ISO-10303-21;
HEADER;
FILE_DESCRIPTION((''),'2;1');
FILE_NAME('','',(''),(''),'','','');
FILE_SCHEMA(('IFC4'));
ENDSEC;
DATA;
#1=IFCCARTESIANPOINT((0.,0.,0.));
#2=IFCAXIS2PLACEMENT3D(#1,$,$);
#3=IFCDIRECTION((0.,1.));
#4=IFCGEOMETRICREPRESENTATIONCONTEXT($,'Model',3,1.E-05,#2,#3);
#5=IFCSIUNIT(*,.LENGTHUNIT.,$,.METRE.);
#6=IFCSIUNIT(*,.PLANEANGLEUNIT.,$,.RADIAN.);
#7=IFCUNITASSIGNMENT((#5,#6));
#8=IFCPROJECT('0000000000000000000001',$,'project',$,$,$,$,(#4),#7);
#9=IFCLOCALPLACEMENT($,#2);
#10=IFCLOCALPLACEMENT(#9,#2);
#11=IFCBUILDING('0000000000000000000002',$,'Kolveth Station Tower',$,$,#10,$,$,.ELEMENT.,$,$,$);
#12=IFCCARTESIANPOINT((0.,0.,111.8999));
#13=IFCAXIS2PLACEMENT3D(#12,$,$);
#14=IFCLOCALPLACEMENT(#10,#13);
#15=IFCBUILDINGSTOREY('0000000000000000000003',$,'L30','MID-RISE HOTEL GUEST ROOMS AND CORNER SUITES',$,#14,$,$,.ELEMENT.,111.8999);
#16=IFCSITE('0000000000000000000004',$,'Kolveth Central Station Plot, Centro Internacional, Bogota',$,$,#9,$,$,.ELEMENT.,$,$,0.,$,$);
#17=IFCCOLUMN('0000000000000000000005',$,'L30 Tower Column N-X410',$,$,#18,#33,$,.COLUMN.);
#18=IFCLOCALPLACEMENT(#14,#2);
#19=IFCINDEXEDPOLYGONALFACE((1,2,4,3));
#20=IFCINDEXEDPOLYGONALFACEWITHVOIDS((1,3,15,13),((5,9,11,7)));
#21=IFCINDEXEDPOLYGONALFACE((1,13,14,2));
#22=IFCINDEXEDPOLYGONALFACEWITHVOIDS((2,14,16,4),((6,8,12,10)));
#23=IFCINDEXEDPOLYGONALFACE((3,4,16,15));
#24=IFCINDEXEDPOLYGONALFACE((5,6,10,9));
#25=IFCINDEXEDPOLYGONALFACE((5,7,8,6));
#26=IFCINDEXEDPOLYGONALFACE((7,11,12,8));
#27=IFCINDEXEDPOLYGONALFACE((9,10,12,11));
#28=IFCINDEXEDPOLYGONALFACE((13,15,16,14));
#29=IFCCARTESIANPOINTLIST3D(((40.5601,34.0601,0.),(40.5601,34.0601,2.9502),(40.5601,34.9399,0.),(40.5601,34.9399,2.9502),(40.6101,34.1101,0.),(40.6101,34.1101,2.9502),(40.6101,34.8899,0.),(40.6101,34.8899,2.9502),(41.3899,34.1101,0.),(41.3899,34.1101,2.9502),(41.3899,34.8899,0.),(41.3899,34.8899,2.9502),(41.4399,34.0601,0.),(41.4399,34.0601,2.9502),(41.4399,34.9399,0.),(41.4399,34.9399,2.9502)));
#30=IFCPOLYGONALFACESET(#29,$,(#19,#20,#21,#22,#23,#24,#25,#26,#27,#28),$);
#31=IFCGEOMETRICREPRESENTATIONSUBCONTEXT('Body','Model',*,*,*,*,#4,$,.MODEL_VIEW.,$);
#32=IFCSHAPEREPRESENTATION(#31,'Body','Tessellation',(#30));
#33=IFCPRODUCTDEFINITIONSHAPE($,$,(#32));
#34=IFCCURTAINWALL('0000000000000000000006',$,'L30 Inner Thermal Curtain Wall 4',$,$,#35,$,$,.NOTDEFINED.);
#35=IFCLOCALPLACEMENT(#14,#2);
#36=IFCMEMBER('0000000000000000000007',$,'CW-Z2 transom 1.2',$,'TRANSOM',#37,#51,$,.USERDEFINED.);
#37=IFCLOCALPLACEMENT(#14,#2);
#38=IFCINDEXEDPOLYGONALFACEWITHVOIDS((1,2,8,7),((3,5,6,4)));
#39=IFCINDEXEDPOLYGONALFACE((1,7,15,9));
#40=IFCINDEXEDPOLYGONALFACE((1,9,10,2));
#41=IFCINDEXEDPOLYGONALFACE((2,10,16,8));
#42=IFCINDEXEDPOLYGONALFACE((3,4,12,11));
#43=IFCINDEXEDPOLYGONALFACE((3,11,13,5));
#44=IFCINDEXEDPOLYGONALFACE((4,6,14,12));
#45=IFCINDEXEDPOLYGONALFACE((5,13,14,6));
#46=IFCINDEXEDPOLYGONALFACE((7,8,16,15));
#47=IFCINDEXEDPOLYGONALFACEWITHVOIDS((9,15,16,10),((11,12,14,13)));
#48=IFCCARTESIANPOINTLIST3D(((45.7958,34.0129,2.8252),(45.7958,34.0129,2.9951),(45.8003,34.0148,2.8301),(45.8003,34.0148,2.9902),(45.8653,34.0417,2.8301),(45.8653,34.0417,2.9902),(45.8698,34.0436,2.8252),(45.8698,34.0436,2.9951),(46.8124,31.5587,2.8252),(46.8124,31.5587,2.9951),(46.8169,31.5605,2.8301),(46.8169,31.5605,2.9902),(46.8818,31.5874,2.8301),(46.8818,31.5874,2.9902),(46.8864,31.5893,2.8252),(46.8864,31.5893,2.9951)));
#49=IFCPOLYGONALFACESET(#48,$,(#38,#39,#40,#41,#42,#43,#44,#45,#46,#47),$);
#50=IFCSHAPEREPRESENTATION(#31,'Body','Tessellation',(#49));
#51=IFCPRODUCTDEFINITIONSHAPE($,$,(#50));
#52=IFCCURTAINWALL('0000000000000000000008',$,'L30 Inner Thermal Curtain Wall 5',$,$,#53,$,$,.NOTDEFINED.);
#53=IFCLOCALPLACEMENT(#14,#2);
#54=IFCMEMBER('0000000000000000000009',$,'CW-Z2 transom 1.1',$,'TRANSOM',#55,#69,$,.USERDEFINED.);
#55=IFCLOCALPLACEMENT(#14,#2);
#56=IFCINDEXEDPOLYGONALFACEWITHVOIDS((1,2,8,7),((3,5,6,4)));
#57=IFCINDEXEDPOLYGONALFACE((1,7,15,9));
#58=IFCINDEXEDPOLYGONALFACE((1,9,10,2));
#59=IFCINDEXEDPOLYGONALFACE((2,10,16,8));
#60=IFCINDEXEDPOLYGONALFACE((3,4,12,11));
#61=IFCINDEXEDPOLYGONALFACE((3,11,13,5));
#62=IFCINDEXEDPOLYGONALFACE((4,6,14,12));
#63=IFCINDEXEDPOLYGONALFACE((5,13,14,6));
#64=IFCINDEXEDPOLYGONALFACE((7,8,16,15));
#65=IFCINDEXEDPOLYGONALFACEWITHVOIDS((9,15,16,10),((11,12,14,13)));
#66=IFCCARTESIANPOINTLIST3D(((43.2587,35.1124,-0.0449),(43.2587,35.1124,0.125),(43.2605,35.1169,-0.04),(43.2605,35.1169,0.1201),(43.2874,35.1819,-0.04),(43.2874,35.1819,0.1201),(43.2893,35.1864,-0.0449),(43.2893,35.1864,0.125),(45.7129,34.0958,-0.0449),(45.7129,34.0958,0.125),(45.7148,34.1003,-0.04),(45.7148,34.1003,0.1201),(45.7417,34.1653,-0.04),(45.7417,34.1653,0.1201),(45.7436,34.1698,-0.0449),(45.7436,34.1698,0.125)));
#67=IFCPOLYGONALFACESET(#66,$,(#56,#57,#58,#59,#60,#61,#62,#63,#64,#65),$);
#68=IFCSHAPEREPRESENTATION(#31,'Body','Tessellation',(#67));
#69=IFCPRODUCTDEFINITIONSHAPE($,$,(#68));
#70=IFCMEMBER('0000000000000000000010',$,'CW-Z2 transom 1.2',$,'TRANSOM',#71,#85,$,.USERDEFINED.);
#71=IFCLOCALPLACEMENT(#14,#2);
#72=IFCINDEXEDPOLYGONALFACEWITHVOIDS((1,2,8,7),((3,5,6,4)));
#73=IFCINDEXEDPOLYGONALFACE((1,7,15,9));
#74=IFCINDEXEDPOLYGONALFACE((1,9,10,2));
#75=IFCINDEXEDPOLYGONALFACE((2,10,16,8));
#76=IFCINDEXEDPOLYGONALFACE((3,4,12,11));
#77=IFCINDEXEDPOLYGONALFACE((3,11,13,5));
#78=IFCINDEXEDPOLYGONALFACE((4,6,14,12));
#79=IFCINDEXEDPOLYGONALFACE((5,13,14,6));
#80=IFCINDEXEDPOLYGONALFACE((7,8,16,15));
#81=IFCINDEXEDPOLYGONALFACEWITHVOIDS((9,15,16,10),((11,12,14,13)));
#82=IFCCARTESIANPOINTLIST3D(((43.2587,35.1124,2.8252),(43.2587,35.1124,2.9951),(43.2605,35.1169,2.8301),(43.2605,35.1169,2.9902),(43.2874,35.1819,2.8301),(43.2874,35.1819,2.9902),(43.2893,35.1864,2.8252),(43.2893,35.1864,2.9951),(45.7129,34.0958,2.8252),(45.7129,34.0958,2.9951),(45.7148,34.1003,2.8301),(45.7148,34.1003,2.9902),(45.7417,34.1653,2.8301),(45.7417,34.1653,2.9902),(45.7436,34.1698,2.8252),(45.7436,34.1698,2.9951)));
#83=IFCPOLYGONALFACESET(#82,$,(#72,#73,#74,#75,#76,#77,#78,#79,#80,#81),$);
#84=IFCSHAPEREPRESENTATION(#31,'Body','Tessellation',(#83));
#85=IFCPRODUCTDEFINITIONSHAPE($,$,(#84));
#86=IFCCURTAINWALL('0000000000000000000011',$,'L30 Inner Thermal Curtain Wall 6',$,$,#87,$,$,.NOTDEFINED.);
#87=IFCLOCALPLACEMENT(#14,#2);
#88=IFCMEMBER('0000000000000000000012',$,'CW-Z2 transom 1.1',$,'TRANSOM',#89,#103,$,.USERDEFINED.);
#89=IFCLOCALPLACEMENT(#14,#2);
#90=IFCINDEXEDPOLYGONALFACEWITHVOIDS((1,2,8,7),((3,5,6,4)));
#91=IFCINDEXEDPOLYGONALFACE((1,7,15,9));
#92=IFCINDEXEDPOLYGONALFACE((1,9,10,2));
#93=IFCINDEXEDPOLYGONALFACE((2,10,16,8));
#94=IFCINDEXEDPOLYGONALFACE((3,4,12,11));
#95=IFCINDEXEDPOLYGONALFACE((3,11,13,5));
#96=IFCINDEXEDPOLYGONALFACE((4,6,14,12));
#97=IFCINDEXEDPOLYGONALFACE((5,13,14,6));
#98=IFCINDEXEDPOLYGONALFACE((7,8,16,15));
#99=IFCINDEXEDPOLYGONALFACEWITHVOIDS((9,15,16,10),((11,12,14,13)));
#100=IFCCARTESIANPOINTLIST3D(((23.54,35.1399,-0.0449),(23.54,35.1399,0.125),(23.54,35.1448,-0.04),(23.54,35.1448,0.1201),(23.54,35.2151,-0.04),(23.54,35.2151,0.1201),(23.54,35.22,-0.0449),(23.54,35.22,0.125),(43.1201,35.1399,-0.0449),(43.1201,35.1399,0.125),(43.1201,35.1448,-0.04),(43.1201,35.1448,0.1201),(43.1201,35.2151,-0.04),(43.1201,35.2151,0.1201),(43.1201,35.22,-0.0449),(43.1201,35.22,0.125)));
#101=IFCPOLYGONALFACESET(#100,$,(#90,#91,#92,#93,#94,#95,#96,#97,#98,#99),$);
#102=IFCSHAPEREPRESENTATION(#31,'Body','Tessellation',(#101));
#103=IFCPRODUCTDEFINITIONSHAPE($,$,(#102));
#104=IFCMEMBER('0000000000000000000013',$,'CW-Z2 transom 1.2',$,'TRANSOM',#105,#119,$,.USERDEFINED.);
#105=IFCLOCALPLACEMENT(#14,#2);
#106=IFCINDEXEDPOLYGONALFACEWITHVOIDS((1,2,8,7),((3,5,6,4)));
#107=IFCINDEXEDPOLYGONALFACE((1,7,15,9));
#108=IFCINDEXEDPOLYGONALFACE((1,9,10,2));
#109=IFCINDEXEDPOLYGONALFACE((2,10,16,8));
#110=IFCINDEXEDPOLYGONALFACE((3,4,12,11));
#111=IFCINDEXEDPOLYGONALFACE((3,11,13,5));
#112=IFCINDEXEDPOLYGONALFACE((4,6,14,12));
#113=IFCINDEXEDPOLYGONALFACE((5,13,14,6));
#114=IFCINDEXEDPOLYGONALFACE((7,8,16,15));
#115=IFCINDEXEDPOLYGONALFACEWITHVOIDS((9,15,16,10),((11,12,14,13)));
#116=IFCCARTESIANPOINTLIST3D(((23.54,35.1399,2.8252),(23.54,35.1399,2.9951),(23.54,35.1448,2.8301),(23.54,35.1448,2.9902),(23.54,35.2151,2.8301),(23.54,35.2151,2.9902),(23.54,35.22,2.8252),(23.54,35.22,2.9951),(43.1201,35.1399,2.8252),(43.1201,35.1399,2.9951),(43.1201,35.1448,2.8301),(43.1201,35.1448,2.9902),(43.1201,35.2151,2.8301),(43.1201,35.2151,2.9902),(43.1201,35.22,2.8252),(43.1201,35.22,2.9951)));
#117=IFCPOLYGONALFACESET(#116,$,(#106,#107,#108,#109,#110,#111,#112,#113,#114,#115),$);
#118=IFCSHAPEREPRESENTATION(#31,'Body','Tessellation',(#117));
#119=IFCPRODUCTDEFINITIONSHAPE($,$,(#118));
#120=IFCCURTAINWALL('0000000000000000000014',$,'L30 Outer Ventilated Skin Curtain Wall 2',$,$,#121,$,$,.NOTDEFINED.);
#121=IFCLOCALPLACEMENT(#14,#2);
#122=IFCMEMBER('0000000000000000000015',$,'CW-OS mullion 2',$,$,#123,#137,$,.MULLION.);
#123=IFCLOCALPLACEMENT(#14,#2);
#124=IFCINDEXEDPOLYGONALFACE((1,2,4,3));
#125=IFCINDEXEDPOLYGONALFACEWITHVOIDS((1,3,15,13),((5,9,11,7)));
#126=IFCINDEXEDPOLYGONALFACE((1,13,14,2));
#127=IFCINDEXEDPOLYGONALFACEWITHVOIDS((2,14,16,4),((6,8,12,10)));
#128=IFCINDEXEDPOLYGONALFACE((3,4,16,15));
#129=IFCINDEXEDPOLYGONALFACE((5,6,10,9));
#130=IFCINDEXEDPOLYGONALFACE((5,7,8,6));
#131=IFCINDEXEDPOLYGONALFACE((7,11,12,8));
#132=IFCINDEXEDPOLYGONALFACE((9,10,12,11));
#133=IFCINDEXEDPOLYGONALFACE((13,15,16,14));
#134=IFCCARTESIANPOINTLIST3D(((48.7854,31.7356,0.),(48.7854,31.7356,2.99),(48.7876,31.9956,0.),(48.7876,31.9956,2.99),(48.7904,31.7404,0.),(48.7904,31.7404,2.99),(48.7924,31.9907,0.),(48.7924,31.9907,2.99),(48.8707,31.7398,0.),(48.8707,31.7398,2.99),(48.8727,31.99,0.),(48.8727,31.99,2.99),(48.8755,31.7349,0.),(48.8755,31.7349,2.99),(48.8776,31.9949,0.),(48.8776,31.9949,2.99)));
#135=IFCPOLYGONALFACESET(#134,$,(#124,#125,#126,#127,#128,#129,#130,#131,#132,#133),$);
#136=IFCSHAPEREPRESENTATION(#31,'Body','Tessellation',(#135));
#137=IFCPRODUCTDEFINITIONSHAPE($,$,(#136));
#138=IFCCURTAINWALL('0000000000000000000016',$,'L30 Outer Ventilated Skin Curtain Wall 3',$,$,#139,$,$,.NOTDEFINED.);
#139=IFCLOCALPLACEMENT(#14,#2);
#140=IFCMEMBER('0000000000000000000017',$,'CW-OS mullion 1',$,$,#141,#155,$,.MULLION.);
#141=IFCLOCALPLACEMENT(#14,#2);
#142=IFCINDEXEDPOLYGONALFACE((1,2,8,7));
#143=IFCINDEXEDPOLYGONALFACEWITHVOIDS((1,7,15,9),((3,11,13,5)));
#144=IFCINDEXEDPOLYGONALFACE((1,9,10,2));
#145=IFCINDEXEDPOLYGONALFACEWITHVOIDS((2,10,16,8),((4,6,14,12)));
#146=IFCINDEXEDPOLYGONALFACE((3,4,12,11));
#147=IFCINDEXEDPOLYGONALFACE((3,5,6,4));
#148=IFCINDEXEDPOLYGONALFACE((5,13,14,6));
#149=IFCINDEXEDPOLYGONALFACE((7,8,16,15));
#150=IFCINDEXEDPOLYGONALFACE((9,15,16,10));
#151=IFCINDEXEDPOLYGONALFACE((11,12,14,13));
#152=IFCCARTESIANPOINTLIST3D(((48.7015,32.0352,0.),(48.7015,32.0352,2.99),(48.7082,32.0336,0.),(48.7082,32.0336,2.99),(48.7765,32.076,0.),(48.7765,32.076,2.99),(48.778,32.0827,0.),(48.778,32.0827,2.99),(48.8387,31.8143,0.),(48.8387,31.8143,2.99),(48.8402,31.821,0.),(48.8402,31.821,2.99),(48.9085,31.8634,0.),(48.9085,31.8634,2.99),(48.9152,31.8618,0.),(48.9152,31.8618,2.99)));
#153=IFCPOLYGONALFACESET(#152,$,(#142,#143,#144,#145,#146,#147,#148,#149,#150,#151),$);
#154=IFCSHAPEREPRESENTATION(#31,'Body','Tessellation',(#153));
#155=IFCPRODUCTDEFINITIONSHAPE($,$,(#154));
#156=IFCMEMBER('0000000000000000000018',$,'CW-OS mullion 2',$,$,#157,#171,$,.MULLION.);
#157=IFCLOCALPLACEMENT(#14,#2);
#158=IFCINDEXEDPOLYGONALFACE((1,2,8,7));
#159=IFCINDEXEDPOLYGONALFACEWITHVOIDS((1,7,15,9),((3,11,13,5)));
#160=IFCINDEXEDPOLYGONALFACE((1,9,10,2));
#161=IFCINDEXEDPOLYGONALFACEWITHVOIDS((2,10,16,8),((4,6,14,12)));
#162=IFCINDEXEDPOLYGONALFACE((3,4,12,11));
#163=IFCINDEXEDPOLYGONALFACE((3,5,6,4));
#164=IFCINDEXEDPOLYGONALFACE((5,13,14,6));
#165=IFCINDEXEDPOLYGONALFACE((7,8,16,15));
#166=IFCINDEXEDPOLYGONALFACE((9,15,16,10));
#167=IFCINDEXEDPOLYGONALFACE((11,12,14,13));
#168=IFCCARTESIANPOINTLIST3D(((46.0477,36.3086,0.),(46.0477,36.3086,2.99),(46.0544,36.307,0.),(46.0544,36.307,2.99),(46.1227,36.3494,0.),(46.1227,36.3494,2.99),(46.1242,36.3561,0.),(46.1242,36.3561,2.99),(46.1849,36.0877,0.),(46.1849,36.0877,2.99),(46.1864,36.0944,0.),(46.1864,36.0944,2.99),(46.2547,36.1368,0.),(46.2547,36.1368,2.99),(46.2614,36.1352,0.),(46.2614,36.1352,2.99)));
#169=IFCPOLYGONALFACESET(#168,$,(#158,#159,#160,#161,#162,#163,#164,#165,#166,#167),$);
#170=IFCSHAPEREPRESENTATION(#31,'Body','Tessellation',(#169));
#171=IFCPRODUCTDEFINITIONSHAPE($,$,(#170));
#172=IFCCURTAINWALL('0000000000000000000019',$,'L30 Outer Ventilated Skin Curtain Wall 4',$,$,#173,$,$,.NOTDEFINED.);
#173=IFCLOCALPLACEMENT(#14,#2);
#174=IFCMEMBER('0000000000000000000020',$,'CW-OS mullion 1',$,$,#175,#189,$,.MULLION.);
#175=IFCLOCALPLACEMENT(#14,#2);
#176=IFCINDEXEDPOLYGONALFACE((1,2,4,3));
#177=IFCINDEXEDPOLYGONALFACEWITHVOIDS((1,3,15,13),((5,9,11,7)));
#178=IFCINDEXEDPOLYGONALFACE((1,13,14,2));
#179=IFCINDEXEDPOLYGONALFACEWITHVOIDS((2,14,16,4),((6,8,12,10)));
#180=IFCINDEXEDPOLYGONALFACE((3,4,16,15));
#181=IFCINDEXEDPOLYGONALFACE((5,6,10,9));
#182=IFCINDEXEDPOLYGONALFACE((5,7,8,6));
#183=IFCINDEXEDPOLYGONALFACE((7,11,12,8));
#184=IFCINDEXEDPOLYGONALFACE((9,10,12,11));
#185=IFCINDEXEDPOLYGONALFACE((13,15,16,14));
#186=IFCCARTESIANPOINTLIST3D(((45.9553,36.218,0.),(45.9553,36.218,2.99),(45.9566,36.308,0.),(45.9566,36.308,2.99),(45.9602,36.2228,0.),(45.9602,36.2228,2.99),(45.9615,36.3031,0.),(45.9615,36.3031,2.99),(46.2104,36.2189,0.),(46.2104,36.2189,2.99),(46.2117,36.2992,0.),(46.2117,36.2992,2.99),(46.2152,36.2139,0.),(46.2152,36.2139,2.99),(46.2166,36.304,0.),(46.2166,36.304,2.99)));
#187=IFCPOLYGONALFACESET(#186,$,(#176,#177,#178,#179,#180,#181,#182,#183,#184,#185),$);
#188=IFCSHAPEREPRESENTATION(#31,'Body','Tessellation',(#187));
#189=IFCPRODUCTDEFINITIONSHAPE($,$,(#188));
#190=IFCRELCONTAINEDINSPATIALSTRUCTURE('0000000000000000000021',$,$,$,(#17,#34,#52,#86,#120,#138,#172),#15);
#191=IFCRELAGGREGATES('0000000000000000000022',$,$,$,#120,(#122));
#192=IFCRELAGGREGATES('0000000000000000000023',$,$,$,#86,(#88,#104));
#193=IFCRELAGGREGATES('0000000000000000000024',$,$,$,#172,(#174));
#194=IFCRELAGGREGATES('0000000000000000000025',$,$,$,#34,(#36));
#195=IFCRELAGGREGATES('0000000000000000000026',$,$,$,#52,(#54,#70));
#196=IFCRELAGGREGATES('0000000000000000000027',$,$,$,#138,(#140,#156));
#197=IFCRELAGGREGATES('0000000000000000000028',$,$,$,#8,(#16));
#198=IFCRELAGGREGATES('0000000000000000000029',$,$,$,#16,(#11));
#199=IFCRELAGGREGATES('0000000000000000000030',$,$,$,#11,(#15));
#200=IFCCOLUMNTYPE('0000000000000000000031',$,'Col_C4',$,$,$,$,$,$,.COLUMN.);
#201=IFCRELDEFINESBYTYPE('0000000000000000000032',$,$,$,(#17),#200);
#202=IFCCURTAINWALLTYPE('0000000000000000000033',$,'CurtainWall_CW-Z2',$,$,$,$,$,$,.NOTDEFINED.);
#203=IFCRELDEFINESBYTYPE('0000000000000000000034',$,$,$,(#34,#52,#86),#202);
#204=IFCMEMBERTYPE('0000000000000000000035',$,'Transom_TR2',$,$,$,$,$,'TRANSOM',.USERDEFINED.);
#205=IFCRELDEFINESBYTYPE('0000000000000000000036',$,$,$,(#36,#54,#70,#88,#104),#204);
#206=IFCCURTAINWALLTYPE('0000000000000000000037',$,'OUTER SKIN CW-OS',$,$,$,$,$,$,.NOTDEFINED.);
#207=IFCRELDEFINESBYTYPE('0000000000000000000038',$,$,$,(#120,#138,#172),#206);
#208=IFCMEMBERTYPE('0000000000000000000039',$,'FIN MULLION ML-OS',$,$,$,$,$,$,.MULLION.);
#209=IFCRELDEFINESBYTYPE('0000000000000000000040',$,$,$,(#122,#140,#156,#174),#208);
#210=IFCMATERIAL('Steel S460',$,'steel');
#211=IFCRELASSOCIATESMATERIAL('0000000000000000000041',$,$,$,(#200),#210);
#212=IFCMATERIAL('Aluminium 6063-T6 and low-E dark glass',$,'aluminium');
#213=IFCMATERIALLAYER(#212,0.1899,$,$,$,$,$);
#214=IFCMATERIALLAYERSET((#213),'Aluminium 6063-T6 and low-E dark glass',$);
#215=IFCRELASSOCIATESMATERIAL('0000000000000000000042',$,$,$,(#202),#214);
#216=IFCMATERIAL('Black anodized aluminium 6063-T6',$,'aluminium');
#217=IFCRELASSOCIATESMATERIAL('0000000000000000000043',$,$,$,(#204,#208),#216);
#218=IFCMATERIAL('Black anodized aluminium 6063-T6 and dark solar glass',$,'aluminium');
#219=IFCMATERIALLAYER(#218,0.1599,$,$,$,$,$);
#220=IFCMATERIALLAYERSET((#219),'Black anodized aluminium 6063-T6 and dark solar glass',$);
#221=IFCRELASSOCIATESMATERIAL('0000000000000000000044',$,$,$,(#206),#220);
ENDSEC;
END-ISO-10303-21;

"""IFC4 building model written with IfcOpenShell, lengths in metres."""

from ifc_helpers import new_model, si_unit, direction, frame, origin, origin_2d, place, context, subcontext, project, spatial, hollow_rectangle, extrude, source, transform, mapped, material, layer, layer_set, material_profile, profile_set, type_object, element, aggregate, save


model = new_model("IFC4")

# Units and contexts
model_context = context("Model", 3, precision=1e-05, world=origin(), true_north=direction((0.0, 1.0)))
body_context = subcontext(model_context, "Body", "Model", "MODEL_VIEW")
ifc_project = project(units=[si_unit("LENGTHUNIT", "METRE"), si_unit("PLANEANGLEUNIT", "RADIAN")], contexts=[model_context])

# Site, building, storey
site_placement = place(None, origin())
site = spatial("IfcSite", under=ifc_project, at=site_placement, Name="Kolveth Central Station Plot, Centro Internacional, Bogota", CompositionType="ELEMENT", RefElevation=0.0)
building_placement = place(site_placement, origin())
building = spatial("IfcBuilding", under=site, at=building_placement, Name="Kolveth Station Tower", CompositionType="ELEMENT")
storey_placement = place(building_placement, frame((0.0, 0.0, 111.8999)))
storey = spatial("IfcBuildingStorey", under=building, at=storey_placement, Name="L30", Description="MID-RISE HOTEL GUEST ROOMS AND CORNER SUITES", CompositionType="ELEMENT", Elevation=111.8999)

# Column
ifc_material_1 = material(Name="Steel S460", Category="steel")
ifc_material_profile_1 = material_profile(ifc_material_1, hollow_rectangle(XDim=0.8799, YDim=0.8799, WallThickness=0.05, at=origin_2d()), Name="BOX880x880x50")
ifc_profile_set_1 = profile_set([ifc_material_profile_1], Name="Steel S460")
column_type = type_object("IfcColumnType", Name="Col_C4", PredefinedType="COLUMN", material=ifc_profile_set_1)
shared_shape_1 = source(origin(), body_context, "Body", "SweptSolid", [
    extrude(hollow_rectangle(XDim=0.8799, YDim=0.8799, WallThickness=0.05, at=origin_2d()), origin(), (0.0, 0.0, 1.0), 2.9502),
])
column_placement = place(storey_placement, frame((41.0, 34.5, 0.0), z_axis=(0.0, 0.0, 1.0), x_axis=(1.0, 0.0, 0.0)))
element("IfcColumn", 1, at=column_placement, inside=storey, type_object=column_type, Name="L30 Tower Column N-X410", PredefinedType="COLUMN", context=body_context, shape_type="MappedRepresentation", body=[
    mapped(shared_shape_1, transform((0.0, 0.0, 0.0), x_axis=(1.0, 0.0, 0.0), y_axis=(0.0, 1.0, 0.0), z_axis=(0.0, 0.0, 1.0), scale=1.0)),
])

# Curtain wall, member
ifc_material_2 = material(Name="Aluminium 6063-T6 and low-E dark glass", Category="aluminium")
ifc_layer_1 = layer(ifc_material_2, 0.1899)
ifc_layer_set_1 = layer_set([ifc_layer_1], Name="Aluminium 6063-T6 and low-E dark glass")
curtain_wall_type_1 = type_object("IfcCurtainWallType", Name="CurtainWall_CW-Z2", PredefinedType="NOTDEFINED", material=ifc_layer_set_1)
curtain_wall_1_placement = place(storey_placement, origin())
curtain_wall_1 = element("IfcCurtainWall", 2, at=curtain_wall_1_placement, inside=storey, type_object=curtain_wall_type_1, Name="L30 Inner Thermal Curtain Wall 4", PredefinedType="NOTDEFINED")
ifc_material_3 = material(Name="Black anodized aluminium 6063-T6", Category="aluminium")
ifc_material_profile_2 = material_profile(ifc_material_3, hollow_rectangle(XDim=0.0801, YDim=0.1699, WallThickness=0.0049, at=origin_2d()), Name="ALU-80x170x5")
ifc_profile_set_2 = profile_set([ifc_material_profile_2], Name="Black anodized aluminium 6063-T6")
member_type_1 = type_object("IfcMemberType", Name="Transom_TR2", ElementType="TRANSOM", PredefinedType="USERDEFINED", material=ifc_profile_set_2)
shared_shape_2 = source(origin(), body_context, "Body", "SweptSolid", [
    extrude(hollow_rectangle(XDim=0.0801, YDim=0.1699, WallThickness=0.0049, at=origin_2d()), origin(), (0.0, 0.0, 1.0), 2.6565),
])
member_1_placement = place(storey_placement, frame((46.8494, 31.574, 2.9102), z_axis=(-0.382676, 0.923882, 0.0), x_axis=(-0.923882, -0.382676, 0.0)))
member_1 = element("IfcMember", 3, at=member_1_placement, type_object=member_type_1, Name="CW-Z2 transom 1.2", ObjectType="TRANSOM", PredefinedType="USERDEFINED", context=body_context, shape_type="MappedRepresentation", body=[
    mapped(shared_shape_2, transform((0.0, 0.0, 0.0), x_axis=(1.0, 0.0, 0.0), y_axis=(0.0, 1.0, 0.0), z_axis=(0.0, 0.0, 1.0), scale=1.0)),
])

# Curtain walls, members
curtain_wall_2_placement = place(storey_placement, origin())
curtain_wall_2 = element("IfcCurtainWall", 4, at=curtain_wall_2_placement, inside=storey, type_object=curtain_wall_type_1, Name="L30 Inner Thermal Curtain Wall 5", PredefinedType="NOTDEFINED")
member_2_placement = place(storey_placement, frame((45.7283, 34.1328, 0.04), z_axis=(-0.923882, 0.382676, 0.0), x_axis=(-0.382676, -0.923882, 0.0)))
member_2 = element("IfcMember", 5, at=member_2_placement, type_object=member_type_1, Name="CW-Z2 transom 1.1", ObjectType="TRANSOM", PredefinedType="USERDEFINED", context=body_context, shape_type="MappedRepresentation", body=[
    mapped(shared_shape_2, transform((0.0, 0.0, 0.0), x_axis=(1.0, 0.0, 0.0), y_axis=(0.0, 1.0, 0.0), z_axis=(0.0, 0.0, 1.0), scale=1.0)),
])
member_3_placement = place(storey_placement, frame((45.7283, 34.1328, 2.9102), z_axis=(-0.923882, 0.382676, 0.0), x_axis=(-0.382676, -0.923882, 0.0)))
member_3 = element("IfcMember", 6, at=member_3_placement, type_object=member_type_1, Name="CW-Z2 transom 1.2", ObjectType="TRANSOM", PredefinedType="USERDEFINED", context=body_context, shape_type="MappedRepresentation", body=[
    mapped(shared_shape_2, transform((0.0, 0.0, 0.0), x_axis=(1.0, 0.0, 0.0), y_axis=(0.0, 1.0, 0.0), z_axis=(0.0, 0.0, 1.0), scale=1.0)),
])
curtain_wall_3_placement = place(storey_placement, origin())
curtain_wall_3 = element("IfcCurtainWall", 7, at=curtain_wall_3_placement, inside=storey, type_object=curtain_wall_type_1, Name="L30 Inner Thermal Curtain Wall 6", PredefinedType="NOTDEFINED")
shared_shape_3 = source(origin(), body_context, "Body", "SweptSolid", [
    extrude(hollow_rectangle(XDim=0.0801, YDim=0.1699, WallThickness=0.0049, at=origin_2d()), origin(), (0.0, 0.0, 1.0), 19.5801),
])
member_4_placement = place(storey_placement, frame((43.1201, 35.1799, 0.04), z_axis=(-1.0, 0.0, 0.0), x_axis=(0.0, -1.0, 0.0)))
member_4 = element("IfcMember", 8, at=member_4_placement, type_object=member_type_1, Name="CW-Z2 transom 1.1", ObjectType="TRANSOM", PredefinedType="USERDEFINED", context=body_context, shape_type="MappedRepresentation", body=[
    mapped(shared_shape_3, transform((0.0, 0.0, 0.0), x_axis=(1.0, 0.0, 0.0), y_axis=(0.0, 1.0, 0.0), z_axis=(0.0, 0.0, 1.0), scale=1.0)),
])
member_5_placement = place(storey_placement, frame((43.1201, 35.1799, 2.9102), z_axis=(-1.0, 0.0, 0.0), x_axis=(0.0, -1.0, 0.0)))
member_5 = element("IfcMember", 9, at=member_5_placement, type_object=member_type_1, Name="CW-Z2 transom 1.2", ObjectType="TRANSOM", PredefinedType="USERDEFINED", context=body_context, shape_type="MappedRepresentation", body=[
    mapped(shared_shape_3, transform((0.0, 0.0, 0.0), x_axis=(1.0, 0.0, 0.0), y_axis=(0.0, 1.0, 0.0), z_axis=(0.0, 0.0, 1.0), scale=1.0)),
])

# Curtain wall, member
ifc_material_4 = material(Name="Black anodized aluminium 6063-T6 and dark solar glass", Category="aluminium")
ifc_layer_2 = layer(ifc_material_4, 0.1599)
ifc_layer_set_2 = layer_set([ifc_layer_2], Name="Black anodized aluminium 6063-T6 and dark solar glass")
curtain_wall_type_2 = type_object("IfcCurtainWallType", Name="OUTER SKIN CW-OS", PredefinedType="NOTDEFINED", material=ifc_layer_set_2)
curtain_wall_4_placement = place(storey_placement, origin())
curtain_wall_4 = element("IfcCurtainWall", 10, at=curtain_wall_4_placement, inside=storey, type_object=curtain_wall_type_2, Name="L30 Outer Ventilated Skin Curtain Wall 2", PredefinedType="NOTDEFINED")
ifc_material_profile_3 = material_profile(ifc_material_3, hollow_rectangle(XDim=0.0901, YDim=0.26, WallThickness=0.0049, at=origin_2d()), Name="ALU-90x260x5")
ifc_profile_set_3 = profile_set([ifc_material_profile_3], Name="Black anodized aluminium 6063-T6")
member_type_2 = type_object("IfcMemberType", Name="FIN MULLION ML-OS", PredefinedType="MULLION", material=ifc_profile_set_3)
shared_shape_4 = source(origin(), body_context, "Body", "SweptSolid", [
    extrude(hollow_rectangle(XDim=0.0901, YDim=0.26, WallThickness=0.0049, at=origin_2d()), origin(), (0.0, 0.0, 1.0), 2.99),
])
member_6_placement = place(storey_placement, frame((48.8315, 31.8652, 0.0), z_axis=(0.0, 0.0, 1.0), x_axis=(-0.999967, 0.008153, 0.0)))
member_6 = element("IfcMember", 11, at=member_6_placement, type_object=member_type_2, Name="CW-OS mullion 2", PredefinedType="MULLION", context=body_context, shape_type="MappedRepresentation", body=[
    mapped(shared_shape_4, transform((0.0, 0.0, 0.0), x_axis=(1.0, 0.0, 0.0), y_axis=(0.0, 1.0, 0.0), z_axis=(0.0, 0.0, 1.0), scale=1.0)),
])
aggregate(curtain_wall_4, [member_6])

# Curtain wall, members
curtain_wall_5_placement = place(storey_placement, origin())
curtain_wall_5 = element("IfcCurtainWall", 12, at=curtain_wall_5_placement, inside=storey, type_object=curtain_wall_type_2, Name="L30 Outer Ventilated Skin Curtain Wall 3", PredefinedType="NOTDEFINED")
member_7_placement = place(storey_placement, frame((48.8083, 31.9485, 0.0), z_axis=(0.0, 0.0, 1.0), x_axis=(-0.849538, -0.527527, 0.0)))
member_7 = element("IfcMember", 13, at=member_7_placement, type_object=member_type_2, Name="CW-OS mullion 1", PredefinedType="MULLION", context=body_context, shape_type="MappedRepresentation", body=[
    mapped(shared_shape_4, transform((0.0, 0.0, 0.0), x_axis=(1.0, 0.0, 0.0), y_axis=(0.0, 1.0, 0.0), z_axis=(0.0, 0.0, 1.0), scale=1.0)),
])
member_8_placement = place(storey_placement, frame((46.1545, 36.2219, 0.0), z_axis=(0.0, 0.0, 1.0), x_axis=(-0.849538, -0.527527, 0.0)))
member_8 = element("IfcMember", 14, at=member_8_placement, type_object=member_type_2, Name="CW-OS mullion 2", PredefinedType="MULLION", context=body_context, shape_type="MappedRepresentation", body=[
    mapped(shared_shape_4, transform((0.0, 0.0, 0.0), x_axis=(1.0, 0.0, 0.0), y_axis=(0.0, 1.0, 0.0), z_axis=(0.0, 0.0, 1.0), scale=1.0)),
])

# Curtain wall, member
curtain_wall_6_placement = place(storey_placement, origin())
curtain_wall_6 = element("IfcCurtainWall", 15, at=curtain_wall_6_placement, inside=storey, type_object=curtain_wall_type_2, Name="L30 Outer Ventilated Skin Curtain Wall 4", PredefinedType="NOTDEFINED")
member_9_placement = place(storey_placement, frame((46.0859, 36.261, 0.0), z_axis=(0.0, 0.0, 1.0), x_axis=(-0.015457, -0.999881, 0.0)))
member_9 = element("IfcMember", 16, at=member_9_placement, type_object=member_type_2, Name="CW-OS mullion 1", PredefinedType="MULLION", context=body_context, shape_type="MappedRepresentation", body=[
    mapped(shared_shape_4, transform((0.0, 0.0, 0.0), x_axis=(1.0, 0.0, 0.0), y_axis=(0.0, 1.0, 0.0), z_axis=(0.0, 0.0, 1.0), scale=1.0)),
])

aggregate(curtain_wall_3, [member_4, member_5])
aggregate(curtain_wall_6, [member_9])

aggregate(curtain_wall_1, [member_1])
aggregate(curtain_wall_2, [member_2, member_3])
aggregate(curtain_wall_5, [member_7, member_8])

save(model, "model.ifc")
